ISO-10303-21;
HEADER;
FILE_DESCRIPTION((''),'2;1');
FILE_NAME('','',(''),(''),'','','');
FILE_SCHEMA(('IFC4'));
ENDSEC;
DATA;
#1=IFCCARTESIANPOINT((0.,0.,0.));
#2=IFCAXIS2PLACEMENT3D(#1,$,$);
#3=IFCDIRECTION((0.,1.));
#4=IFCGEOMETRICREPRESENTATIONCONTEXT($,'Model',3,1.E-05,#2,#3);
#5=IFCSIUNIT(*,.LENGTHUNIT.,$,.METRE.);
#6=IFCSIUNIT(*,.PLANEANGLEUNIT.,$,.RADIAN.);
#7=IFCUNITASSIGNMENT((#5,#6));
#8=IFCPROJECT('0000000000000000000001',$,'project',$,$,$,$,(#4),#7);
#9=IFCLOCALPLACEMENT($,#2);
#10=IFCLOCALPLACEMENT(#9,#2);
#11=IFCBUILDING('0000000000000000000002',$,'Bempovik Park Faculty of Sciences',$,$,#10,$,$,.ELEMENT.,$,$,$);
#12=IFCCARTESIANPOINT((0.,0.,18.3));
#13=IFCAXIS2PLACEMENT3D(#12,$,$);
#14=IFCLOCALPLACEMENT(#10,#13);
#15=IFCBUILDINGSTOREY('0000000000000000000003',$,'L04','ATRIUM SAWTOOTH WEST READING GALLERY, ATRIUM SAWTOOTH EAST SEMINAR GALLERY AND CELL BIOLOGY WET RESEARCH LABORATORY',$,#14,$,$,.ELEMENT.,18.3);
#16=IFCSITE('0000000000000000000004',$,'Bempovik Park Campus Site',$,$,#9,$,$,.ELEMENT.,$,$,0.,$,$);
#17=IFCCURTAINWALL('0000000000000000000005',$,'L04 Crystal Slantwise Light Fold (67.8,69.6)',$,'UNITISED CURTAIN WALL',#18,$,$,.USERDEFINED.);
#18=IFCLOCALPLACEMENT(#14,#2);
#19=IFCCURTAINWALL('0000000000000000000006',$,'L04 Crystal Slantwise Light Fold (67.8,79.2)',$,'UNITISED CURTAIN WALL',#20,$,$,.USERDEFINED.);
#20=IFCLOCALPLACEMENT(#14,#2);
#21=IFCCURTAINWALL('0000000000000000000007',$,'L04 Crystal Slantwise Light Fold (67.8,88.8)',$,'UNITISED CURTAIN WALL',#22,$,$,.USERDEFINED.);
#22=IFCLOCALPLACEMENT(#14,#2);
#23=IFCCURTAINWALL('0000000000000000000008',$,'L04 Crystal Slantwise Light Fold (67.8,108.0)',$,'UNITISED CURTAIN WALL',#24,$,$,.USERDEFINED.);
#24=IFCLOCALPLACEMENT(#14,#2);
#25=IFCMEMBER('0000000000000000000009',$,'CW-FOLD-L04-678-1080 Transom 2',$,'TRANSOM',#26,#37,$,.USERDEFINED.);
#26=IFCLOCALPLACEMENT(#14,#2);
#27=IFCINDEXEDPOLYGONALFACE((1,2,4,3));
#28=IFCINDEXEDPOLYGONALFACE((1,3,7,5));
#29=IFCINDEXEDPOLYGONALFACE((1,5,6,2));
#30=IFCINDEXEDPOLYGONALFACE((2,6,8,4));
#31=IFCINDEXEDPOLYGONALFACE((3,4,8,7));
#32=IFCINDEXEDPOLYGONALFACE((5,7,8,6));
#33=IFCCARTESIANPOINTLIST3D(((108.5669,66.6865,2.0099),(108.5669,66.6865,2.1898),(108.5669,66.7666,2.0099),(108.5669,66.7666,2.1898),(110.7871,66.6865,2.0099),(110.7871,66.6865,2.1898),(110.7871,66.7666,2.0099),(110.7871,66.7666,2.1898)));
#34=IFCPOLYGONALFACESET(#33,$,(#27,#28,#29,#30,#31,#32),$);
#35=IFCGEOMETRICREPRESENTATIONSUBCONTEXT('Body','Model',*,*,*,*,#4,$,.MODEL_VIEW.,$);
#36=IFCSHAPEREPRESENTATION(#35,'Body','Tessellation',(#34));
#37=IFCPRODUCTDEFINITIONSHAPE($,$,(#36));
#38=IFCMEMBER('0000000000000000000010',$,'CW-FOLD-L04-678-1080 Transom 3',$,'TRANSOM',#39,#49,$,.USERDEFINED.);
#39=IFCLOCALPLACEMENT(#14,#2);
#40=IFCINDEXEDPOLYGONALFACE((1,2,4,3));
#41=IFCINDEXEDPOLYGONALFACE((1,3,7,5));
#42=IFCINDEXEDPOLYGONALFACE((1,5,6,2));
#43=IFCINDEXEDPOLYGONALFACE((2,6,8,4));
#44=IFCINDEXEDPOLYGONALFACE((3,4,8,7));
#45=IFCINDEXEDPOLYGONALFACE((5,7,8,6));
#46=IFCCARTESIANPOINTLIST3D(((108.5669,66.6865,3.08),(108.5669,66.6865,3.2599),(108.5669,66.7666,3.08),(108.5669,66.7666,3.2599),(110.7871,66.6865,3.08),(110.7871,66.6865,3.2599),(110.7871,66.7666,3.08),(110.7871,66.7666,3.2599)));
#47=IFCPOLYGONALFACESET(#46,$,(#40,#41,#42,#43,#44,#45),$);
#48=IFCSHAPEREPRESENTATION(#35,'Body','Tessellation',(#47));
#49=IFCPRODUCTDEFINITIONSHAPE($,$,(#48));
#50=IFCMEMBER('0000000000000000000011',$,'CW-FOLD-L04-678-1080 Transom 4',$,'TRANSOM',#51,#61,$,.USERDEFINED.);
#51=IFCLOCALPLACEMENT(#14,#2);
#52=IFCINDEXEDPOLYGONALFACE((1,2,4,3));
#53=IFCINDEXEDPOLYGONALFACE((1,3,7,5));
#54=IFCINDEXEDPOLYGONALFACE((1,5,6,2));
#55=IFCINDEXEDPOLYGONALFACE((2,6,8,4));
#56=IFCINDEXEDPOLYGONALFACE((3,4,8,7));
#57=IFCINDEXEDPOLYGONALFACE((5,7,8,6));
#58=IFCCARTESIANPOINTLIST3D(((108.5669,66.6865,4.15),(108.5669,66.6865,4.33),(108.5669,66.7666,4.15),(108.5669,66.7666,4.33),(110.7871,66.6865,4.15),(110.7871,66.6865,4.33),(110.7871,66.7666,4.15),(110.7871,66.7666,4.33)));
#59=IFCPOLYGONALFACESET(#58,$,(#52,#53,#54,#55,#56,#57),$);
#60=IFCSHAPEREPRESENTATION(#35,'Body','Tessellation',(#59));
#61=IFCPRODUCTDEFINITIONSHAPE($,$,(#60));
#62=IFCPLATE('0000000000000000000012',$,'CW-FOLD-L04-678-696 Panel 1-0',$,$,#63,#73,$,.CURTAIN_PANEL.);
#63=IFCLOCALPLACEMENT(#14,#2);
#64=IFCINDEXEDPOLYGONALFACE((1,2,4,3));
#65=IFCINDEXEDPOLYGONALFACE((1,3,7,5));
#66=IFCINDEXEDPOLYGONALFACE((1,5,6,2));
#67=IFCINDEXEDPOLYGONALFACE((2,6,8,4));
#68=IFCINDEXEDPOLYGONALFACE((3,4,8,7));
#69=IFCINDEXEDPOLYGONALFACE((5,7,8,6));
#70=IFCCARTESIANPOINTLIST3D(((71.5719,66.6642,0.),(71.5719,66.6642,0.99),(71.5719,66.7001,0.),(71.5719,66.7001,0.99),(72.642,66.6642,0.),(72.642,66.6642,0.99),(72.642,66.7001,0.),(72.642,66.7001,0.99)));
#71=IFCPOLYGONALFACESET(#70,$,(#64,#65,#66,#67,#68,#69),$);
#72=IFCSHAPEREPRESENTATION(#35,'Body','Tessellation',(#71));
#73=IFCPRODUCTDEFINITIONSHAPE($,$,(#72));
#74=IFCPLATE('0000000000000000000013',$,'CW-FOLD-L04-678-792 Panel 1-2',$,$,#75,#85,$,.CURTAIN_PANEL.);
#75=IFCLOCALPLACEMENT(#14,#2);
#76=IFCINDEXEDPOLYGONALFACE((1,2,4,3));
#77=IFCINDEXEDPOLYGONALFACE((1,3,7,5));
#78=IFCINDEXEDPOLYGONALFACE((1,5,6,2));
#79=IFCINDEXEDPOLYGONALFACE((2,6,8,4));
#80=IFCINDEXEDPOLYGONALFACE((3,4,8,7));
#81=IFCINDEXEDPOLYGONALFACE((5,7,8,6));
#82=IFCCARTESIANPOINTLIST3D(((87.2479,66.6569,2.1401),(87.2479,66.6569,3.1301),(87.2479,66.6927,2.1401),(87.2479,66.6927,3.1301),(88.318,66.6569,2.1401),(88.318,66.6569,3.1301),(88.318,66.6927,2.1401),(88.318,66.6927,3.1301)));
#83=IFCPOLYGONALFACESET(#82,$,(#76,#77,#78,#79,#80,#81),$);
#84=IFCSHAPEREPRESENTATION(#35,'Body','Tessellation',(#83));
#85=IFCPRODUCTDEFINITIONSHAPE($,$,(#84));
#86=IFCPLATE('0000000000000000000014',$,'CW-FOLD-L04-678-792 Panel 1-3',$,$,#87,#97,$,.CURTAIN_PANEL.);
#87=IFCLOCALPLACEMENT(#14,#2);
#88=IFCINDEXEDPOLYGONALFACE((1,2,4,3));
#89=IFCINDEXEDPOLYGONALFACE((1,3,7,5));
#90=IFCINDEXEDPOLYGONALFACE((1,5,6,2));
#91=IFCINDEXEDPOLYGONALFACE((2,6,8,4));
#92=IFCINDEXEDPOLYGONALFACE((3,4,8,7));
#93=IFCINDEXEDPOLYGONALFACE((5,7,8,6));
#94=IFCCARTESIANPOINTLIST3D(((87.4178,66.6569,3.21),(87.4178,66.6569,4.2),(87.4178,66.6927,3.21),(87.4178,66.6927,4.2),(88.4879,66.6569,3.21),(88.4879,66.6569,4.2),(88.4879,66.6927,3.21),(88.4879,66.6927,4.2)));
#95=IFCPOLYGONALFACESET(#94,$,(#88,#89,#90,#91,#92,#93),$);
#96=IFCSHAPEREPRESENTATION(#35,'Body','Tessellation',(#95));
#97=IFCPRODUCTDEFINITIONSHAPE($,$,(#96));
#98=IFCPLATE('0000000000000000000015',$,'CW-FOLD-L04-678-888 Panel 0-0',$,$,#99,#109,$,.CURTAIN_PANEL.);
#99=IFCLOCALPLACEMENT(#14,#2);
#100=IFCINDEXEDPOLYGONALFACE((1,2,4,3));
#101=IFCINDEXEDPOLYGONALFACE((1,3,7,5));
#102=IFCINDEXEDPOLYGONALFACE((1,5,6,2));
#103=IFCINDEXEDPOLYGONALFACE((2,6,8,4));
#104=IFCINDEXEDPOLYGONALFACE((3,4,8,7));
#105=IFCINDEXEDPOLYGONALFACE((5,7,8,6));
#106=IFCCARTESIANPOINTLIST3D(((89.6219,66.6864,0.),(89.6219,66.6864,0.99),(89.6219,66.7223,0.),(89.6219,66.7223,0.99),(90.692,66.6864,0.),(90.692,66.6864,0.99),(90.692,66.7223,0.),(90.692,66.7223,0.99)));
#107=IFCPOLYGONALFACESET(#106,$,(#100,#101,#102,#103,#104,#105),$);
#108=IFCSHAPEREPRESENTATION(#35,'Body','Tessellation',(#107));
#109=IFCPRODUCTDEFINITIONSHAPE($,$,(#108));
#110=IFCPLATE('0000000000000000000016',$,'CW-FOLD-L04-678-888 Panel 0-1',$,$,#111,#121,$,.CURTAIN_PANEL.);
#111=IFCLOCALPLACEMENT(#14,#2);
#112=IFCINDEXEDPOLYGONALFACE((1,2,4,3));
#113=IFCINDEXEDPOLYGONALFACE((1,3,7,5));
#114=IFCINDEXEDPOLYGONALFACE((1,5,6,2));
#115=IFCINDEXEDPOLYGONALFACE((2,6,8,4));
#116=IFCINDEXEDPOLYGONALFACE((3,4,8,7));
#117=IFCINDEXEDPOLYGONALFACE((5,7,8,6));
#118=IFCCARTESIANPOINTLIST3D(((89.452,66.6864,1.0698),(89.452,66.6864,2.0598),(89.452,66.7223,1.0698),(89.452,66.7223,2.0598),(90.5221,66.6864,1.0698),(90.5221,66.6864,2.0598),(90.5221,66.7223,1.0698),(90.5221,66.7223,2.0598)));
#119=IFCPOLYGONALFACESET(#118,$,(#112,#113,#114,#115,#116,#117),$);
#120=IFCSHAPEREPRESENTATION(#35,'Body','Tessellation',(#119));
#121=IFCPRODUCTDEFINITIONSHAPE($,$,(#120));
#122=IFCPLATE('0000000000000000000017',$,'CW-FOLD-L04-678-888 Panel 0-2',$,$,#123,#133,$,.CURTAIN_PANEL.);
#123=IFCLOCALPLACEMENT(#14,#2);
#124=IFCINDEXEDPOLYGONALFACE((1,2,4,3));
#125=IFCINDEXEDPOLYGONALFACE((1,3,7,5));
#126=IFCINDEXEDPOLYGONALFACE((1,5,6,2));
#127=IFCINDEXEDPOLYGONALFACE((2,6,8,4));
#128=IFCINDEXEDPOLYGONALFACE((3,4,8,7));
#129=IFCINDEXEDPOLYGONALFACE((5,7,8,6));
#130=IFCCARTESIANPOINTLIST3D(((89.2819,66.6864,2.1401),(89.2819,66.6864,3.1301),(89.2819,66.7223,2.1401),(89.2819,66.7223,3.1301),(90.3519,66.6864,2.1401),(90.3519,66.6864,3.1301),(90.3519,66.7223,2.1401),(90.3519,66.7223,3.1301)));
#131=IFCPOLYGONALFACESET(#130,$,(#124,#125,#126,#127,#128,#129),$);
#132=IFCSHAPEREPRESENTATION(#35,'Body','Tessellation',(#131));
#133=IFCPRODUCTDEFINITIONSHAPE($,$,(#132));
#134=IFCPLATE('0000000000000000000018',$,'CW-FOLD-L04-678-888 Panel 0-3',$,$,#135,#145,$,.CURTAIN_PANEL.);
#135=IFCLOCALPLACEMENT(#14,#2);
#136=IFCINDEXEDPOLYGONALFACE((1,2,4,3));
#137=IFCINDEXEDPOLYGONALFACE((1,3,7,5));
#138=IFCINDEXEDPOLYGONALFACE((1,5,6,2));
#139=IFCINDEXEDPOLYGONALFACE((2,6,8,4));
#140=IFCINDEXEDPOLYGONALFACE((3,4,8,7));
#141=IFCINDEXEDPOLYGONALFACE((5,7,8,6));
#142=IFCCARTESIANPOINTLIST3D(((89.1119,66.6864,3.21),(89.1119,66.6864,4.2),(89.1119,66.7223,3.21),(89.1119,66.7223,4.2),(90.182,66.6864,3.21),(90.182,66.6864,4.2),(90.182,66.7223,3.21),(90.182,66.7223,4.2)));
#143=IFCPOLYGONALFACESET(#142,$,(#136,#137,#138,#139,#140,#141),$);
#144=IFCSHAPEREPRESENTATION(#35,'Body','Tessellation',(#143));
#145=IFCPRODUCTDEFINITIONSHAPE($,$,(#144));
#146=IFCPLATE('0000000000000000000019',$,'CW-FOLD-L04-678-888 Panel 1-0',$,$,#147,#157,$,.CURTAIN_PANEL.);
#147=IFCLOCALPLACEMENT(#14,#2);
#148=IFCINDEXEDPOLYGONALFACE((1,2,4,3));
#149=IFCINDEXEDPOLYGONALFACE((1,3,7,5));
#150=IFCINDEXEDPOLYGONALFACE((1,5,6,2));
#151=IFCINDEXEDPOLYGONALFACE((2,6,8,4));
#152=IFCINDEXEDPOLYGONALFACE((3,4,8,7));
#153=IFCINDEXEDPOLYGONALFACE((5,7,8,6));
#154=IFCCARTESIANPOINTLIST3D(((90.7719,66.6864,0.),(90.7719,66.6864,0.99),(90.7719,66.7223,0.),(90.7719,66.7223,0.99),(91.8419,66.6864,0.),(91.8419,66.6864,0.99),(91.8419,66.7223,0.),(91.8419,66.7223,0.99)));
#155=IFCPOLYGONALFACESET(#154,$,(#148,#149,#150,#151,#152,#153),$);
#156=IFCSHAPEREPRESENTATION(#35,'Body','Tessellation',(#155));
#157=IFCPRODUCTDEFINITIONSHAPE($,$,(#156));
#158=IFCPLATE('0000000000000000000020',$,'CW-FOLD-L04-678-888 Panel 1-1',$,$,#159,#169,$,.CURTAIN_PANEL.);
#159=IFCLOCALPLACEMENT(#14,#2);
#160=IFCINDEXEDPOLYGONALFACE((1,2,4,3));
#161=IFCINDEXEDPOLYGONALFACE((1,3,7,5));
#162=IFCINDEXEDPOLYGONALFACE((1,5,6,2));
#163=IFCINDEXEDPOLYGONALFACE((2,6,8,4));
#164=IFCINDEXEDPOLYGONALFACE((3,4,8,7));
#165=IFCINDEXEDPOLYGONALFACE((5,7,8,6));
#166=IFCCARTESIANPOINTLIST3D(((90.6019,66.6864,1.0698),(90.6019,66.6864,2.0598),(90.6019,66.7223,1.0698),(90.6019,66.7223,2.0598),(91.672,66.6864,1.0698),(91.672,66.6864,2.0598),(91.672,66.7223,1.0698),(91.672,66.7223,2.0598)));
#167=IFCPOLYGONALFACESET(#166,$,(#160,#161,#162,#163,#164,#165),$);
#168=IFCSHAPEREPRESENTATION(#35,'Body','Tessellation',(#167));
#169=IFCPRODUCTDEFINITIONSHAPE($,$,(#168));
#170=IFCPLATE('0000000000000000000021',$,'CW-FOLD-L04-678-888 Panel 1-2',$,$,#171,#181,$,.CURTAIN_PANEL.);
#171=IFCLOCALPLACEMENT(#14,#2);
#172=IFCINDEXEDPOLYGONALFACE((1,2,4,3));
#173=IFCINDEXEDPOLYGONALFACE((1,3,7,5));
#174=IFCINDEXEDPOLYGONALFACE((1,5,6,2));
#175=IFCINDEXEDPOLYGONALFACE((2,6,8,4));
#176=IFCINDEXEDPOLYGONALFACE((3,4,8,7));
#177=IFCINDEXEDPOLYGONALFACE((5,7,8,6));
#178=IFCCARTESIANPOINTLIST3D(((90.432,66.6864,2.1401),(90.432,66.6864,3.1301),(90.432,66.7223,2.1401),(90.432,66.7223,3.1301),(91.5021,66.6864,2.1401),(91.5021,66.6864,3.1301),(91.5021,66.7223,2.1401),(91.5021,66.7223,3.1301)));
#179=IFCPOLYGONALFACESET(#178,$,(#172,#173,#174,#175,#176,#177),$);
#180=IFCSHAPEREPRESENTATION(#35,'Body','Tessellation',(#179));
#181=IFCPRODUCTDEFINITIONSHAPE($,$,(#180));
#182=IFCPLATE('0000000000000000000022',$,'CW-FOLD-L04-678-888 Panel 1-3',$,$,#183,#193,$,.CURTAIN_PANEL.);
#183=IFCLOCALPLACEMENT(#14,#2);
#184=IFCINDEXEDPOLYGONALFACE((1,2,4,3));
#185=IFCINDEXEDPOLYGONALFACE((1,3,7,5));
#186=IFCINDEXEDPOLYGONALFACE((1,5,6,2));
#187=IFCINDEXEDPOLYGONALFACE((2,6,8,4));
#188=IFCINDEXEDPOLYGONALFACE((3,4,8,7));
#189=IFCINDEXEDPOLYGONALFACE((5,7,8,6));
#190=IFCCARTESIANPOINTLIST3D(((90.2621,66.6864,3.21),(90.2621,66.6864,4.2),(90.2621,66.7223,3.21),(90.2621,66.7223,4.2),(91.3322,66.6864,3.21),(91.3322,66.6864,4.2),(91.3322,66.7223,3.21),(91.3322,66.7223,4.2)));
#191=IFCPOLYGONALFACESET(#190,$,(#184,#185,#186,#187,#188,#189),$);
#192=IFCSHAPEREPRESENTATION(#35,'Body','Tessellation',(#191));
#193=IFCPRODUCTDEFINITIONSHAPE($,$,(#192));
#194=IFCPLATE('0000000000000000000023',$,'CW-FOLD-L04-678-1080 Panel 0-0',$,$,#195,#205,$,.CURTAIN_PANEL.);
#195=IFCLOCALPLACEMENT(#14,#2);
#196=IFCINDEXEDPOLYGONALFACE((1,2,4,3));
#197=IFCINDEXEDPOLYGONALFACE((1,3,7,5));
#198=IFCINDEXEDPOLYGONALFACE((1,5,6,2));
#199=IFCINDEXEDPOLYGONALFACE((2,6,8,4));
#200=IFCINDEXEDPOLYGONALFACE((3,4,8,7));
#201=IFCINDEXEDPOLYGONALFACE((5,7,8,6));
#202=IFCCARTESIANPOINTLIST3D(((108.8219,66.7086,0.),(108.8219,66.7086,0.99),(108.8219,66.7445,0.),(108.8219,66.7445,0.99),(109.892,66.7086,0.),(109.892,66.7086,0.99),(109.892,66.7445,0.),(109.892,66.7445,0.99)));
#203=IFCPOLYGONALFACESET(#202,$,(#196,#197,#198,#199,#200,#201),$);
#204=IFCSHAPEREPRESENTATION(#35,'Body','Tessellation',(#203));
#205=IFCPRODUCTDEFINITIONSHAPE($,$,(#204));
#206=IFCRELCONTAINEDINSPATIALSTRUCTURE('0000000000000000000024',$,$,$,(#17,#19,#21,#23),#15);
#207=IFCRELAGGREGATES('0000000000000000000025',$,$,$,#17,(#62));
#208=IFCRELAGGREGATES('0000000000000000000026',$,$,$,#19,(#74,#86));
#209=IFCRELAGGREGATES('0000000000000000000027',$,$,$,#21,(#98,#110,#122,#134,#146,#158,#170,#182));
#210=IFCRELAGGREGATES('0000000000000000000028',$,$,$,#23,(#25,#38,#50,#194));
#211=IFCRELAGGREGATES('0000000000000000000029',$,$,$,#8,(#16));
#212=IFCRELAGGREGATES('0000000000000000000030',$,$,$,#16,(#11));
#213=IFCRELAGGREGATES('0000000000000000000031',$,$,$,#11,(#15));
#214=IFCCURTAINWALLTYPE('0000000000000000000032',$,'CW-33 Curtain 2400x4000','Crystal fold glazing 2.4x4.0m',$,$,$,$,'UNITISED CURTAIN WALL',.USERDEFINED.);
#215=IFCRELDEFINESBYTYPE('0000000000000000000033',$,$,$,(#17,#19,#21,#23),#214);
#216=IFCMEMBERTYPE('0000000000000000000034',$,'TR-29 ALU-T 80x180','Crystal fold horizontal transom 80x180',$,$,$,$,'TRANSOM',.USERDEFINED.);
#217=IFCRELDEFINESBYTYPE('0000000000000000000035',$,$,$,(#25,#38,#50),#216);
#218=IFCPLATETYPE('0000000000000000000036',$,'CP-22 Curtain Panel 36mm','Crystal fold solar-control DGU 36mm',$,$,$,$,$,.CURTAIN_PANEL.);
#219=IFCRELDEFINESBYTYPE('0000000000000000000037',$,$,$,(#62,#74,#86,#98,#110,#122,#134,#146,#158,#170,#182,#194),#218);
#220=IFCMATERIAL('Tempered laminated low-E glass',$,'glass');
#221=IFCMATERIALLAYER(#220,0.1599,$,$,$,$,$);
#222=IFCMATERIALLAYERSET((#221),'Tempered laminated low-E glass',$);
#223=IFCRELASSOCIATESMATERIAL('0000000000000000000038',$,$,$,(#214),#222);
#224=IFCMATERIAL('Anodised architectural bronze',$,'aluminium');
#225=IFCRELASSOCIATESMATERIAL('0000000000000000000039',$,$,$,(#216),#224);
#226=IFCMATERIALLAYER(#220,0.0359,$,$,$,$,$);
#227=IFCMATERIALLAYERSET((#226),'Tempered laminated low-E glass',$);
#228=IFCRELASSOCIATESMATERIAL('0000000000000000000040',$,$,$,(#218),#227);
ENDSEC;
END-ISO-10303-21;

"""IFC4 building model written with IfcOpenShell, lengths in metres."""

from ifc_helpers import new_model, si_unit, direction, frame, origin, origin_2d, place, context, subcontext, project, spatial, rectangle, extrude, material, layer, layer_set, material_profile, profile_set, type_object, element, aggregate, save


model = new_model("IFC4")

# Units and contexts
model_context = context("Model", 3, precision=1e-05, world=origin(), true_north=direction((0.0, 1.0)))
body_context = subcontext(model_context, "Body", "Model", "MODEL_VIEW")
ifc_project = project(units=[si_unit("LENGTHUNIT", "METRE"), si_unit("PLANEANGLEUNIT", "RADIAN")], contexts=[model_context])

# Site, building, storey
site_placement = place(None, origin())
site = spatial("IfcSite", under=ifc_project, at=site_placement, Name="Bempovik Park Campus Site", CompositionType="ELEMENT", RefElevation=0.0)
building_placement = place(site_placement, origin())
building = spatial("IfcBuilding", under=site, at=building_placement, Name="Bempovik Park Faculty of Sciences", CompositionType="ELEMENT")
storey_placement = place(building_placement, frame((0.0, 0.0, 18.3)))
storey = spatial("IfcBuildingStorey", under=building, at=storey_placement, Name="L04", Description="ATRIUM SAWTOOTH WEST READING GALLERY, ATRIUM SAWTOOTH EAST SEMINAR GALLERY AND CELL BIOLOGY WET RESEARCH LABORATORY", CompositionType="ELEMENT", Elevation=18.3)

# Curtain walls
ifc_material_1 = material(Name="Tempered laminated low-E glass", Category="glass")
ifc_layer_1 = layer(ifc_material_1, 0.1599)
ifc_layer_set_1 = layer_set([ifc_layer_1], Name="Tempered laminated low-E glass")
curtain_wall_type = type_object("IfcCurtainWallType", Name="CW-33 Curtain 2400x4000", Description="Crystal fold glazing 2.4x4.0m", ElementType="UNITISED CURTAIN WALL", PredefinedType="USERDEFINED", material=ifc_layer_set_1)
curtain_wall_1_placement = place(storey_placement, origin())
curtain_wall_1 = element("IfcCurtainWall", 1, at=curtain_wall_1_placement, inside=storey, type_object=curtain_wall_type, Name="L04 Crystal Slantwise Light Fold (67.8,69.6)", ObjectType="UNITISED CURTAIN WALL", PredefinedType="USERDEFINED")
ifc_material_2 = material(Name="Anodised architectural bronze", Category="aluminium")
curtain_wall_2_placement = place(storey_placement, origin())
curtain_wall_2 = element("IfcCurtainWall", 2, at=curtain_wall_2_placement, inside=storey, type_object=curtain_wall_type, Name="L04 Crystal Slantwise Light Fold (67.8,79.2)", ObjectType="UNITISED CURTAIN WALL", PredefinedType="USERDEFINED")

# Curtain walls
curtain_wall_3_placement = place(storey_placement, origin())
curtain_wall_3 = element("IfcCurtainWall", 3, at=curtain_wall_3_placement, inside=storey, type_object=curtain_wall_type, Name="L04 Crystal Slantwise Light Fold (67.8,88.8)", ObjectType="UNITISED CURTAIN WALL", PredefinedType="USERDEFINED")
curtain_wall_4_placement = place(storey_placement, origin())
curtain_wall_4 = element("IfcCurtainWall", 4, at=curtain_wall_4_placement, inside=storey, type_object=curtain_wall_type, Name="L04 Crystal Slantwise Light Fold (67.8,108.0)", ObjectType="UNITISED CURTAIN WALL", PredefinedType="USERDEFINED")

# Members
ifc_material_profile_1 = material_profile(ifc_material_2, rectangle(XDim=0.0801, YDim=0.1799, at=origin_2d()), Name="ALU-T 80x180")
ifc_profile_set_1 = profile_set([ifc_material_profile_1], Name="Anodised architectural bronze")
member_type_1 = type_object("IfcMemberType", Name="TR-29 ALU-T 80x180", Description="Crystal fold horizontal transom 80x180", ElementType="TRANSOM", PredefinedType="USERDEFINED", material=ifc_profile_set_1)
member_1_placement = place(storey_placement, frame((108.5669, 66.7266, 2.0999), z_axis=(1.0, 0.0, 0.0), x_axis=(0.0, 1.0, 0.0)))
member_1 = element("IfcMember", 5, at=member_1_placement, type_object=member_type_1, Name="CW-FOLD-L04-678-1080 Transom 2", ObjectType="TRANSOM", PredefinedType="USERDEFINED", context=body_context, shape_type="SweptSolid", body=[
    extrude(rectangle(XDim=0.0801, YDim=0.1799, at=origin_2d()), origin(), (0.0, 0.0, 1.0), 2.2202),
])
member_2_placement = place(storey_placement, frame((108.5669, 66.7266, 3.1699), z_axis=(1.0, 0.0, 0.0), x_axis=(0.0, 1.0, 0.0)))
member_2 = element("IfcMember", 6, at=member_2_placement, type_object=member_type_1, Name="CW-FOLD-L04-678-1080 Transom 3", ObjectType="TRANSOM", PredefinedType="USERDEFINED", context=body_context, shape_type="SweptSolid", body=[
    extrude(rectangle(XDim=0.0801, YDim=0.1799, at=origin_2d()), origin(), (0.0, 0.0, 1.0), 2.2202),
])
member_3_placement = place(storey_placement, frame((108.5669, 66.7266, 4.24), z_axis=(1.0, 0.0, 0.0), x_axis=(0.0, 1.0, 0.0)))
member_3 = element("IfcMember", 7, at=member_3_placement, type_object=member_type_1, Name="CW-FOLD-L04-678-1080 Transom 4", ObjectType="TRANSOM", PredefinedType="USERDEFINED", context=body_context, shape_type="SweptSolid", body=[
    extrude(rectangle(XDim=0.0801, YDim=0.1799, at=origin_2d()), origin(), (0.0, 0.0, 1.0), 2.2202),
])

# Plates
ifc_layer_2 = layer(ifc_material_1, 0.0359)
ifc_layer_set_2 = layer_set([ifc_layer_2], Name="Tempered laminated low-E glass")
plate_type = type_object("IfcPlateType", Name="CP-22 Curtain Panel 36mm", Description="Crystal fold solar-control DGU 36mm", PredefinedType="CURTAIN_PANEL", material=ifc_layer_set_2)
plate_1_placement = place(storey_placement, frame((72.1069, 66.6821, 0.0), z_axis=(0.0, 0.0, 1.0), x_axis=(1.0, 0.0, 0.0)))
plate_1 = element("IfcPlate", 8, at=plate_1_placement, type_object=plate_type, Name="CW-FOLD-L04-678-696 Panel 1-0", PredefinedType="CURTAIN_PANEL", context=body_context, shape_type="SweptSolid", body=[
    extrude(rectangle(XDim=1.0701, YDim=0.0359, at=origin_2d()), origin(), (0.0, 0.0, 1.0), 0.99),
])
aggregate(curtain_wall_1, [plate_1])
plate_2_placement = place(storey_placement, frame((87.783, 66.6748, 2.1401), z_axis=(0.0, 0.0, 1.0), x_axis=(1.0, 0.0, 0.0)))
plate_2 = element("IfcPlate", 9, at=plate_2_placement, type_object=plate_type, Name="CW-FOLD-L04-678-792 Panel 1-2", PredefinedType="CURTAIN_PANEL", context=body_context, shape_type="SweptSolid", body=[
    extrude(rectangle(XDim=1.0701, YDim=0.0359, at=origin_2d()), origin(), (0.0, 0.0, 1.0), 0.99),
])
plate_3_placement = place(storey_placement, frame((87.9529, 66.6748, 3.21), z_axis=(0.0, 0.0, 1.0), x_axis=(1.0, 0.0, 0.0)))
plate_3 = element("IfcPlate", 10, at=plate_3_placement, type_object=plate_type, Name="CW-FOLD-L04-678-792 Panel 1-3", PredefinedType="CURTAIN_PANEL", context=body_context, shape_type="SweptSolid", body=[
    extrude(rectangle(XDim=1.0701, YDim=0.0359, at=origin_2d()), origin(), (0.0, 0.0, 1.0), 0.99),
])
aggregate(curtain_wall_2, [plate_2, plate_3])
plate_4_placement = place(storey_placement, frame((90.157, 66.7043, 0.0), z_axis=(0.0, 0.0, 1.0), x_axis=(1.0, 0.0, 0.0)))
plate_4 = element("IfcPlate", 11, at=plate_4_placement, type_object=plate_type, Name="CW-FOLD-L04-678-888 Panel 0-0", PredefinedType="CURTAIN_PANEL", context=body_context, shape_type="SweptSolid", body=[
    extrude(rectangle(XDim=1.0701, YDim=0.0359, at=origin_2d()), origin(), (0.0, 0.0, 1.0), 0.99),
])
plate_5_placement = place(storey_placement, frame((89.9871, 66.7043, 1.0698), z_axis=(0.0, 0.0, 1.0), x_axis=(1.0, 0.0, 0.0)))
plate_5 = element("IfcPlate", 12, at=plate_5_placement, type_object=plate_type, Name="CW-FOLD-L04-678-888 Panel 0-1", PredefinedType="CURTAIN_PANEL", context=body_context, shape_type="SweptSolid", body=[
    extrude(rectangle(XDim=1.0701, YDim=0.0359, at=origin_2d()), origin(), (0.0, 0.0, 1.0), 0.99),
])
plate_6_placement = place(storey_placement, frame((89.8169, 66.7043, 2.1401), z_axis=(0.0, 0.0, 1.0), x_axis=(1.0, 0.0, 0.0)))
plate_6 = element("IfcPlate", 13, at=plate_6_placement, type_object=plate_type, Name="CW-FOLD-L04-678-888 Panel 0-2", PredefinedType="CURTAIN_PANEL", context=body_context, shape_type="SweptSolid", body=[
    extrude(rectangle(XDim=1.0701, YDim=0.0359, at=origin_2d()), origin(), (0.0, 0.0, 1.0), 0.99),
])
plate_7_placement = place(storey_placement, frame((89.647, 66.7043, 3.21), z_axis=(0.0, 0.0, 1.0), x_axis=(1.0, 0.0, 0.0)))
plate_7 = element("IfcPlate", 14, at=plate_7_placement, type_object=plate_type, Name="CW-FOLD-L04-678-888 Panel 0-3", PredefinedType="CURTAIN_PANEL", context=body_context, shape_type="SweptSolid", body=[
    extrude(rectangle(XDim=1.0701, YDim=0.0359, at=origin_2d()), origin(), (0.0, 0.0, 1.0), 0.99),
])
plate_8_placement = place(storey_placement, frame((91.3069, 66.7043, 0.0), z_axis=(0.0, 0.0, 1.0), x_axis=(1.0, 0.0, 0.0)))
plate_8 = element("IfcPlate", 15, at=plate_8_placement, type_object=plate_type, Name="CW-FOLD-L04-678-888 Panel 1-0", PredefinedType="CURTAIN_PANEL", context=body_context, shape_type="SweptSolid", body=[
    extrude(rectangle(XDim=1.0701, YDim=0.0359, at=origin_2d()), origin(), (0.0, 0.0, 1.0), 0.99),
])
plate_9_placement = place(storey_placement, frame((91.137, 66.7043, 1.0698), z_axis=(0.0, 0.0, 1.0), x_axis=(1.0, 0.0, 0.0)))
plate_9 = element("IfcPlate", 16, at=plate_9_placement, type_object=plate_type, Name="CW-FOLD-L04-678-888 Panel 1-1", PredefinedType="CURTAIN_PANEL", context=body_context, shape_type="SweptSolid", body=[
    extrude(rectangle(XDim=1.0701, YDim=0.0359, at=origin_2d()), origin(), (0.0, 0.0, 1.0), 0.99),
])
plate_10_placement = place(storey_placement, frame((90.967, 66.7043, 2.1401), z_axis=(0.0, 0.0, 1.0), x_axis=(1.0, 0.0, 0.0)))
plate_10 = element("IfcPlate", 17, at=plate_10_placement, type_object=plate_type, Name="CW-FOLD-L04-678-888 Panel 1-2", PredefinedType="CURTAIN_PANEL", context=body_context, shape_type="SweptSolid", body=[
    extrude(rectangle(XDim=1.0701, YDim=0.0359, at=origin_2d()), origin(), (0.0, 0.0, 1.0), 0.99),
])
plate_11_placement = place(storey_placement, frame((90.7971, 66.7043, 3.21), z_axis=(0.0, 0.0, 1.0), x_axis=(1.0, 0.0, 0.0)))
plate_11 = element("IfcPlate", 18, at=plate_11_placement, type_object=plate_type, Name="CW-FOLD-L04-678-888 Panel 1-3", PredefinedType="CURTAIN_PANEL", context=body_context, shape_type="SweptSolid", body=[
    extrude(rectangle(XDim=1.0701, YDim=0.0359, at=origin_2d()), origin(), (0.0, 0.0, 1.0), 0.99),
])
aggregate(curtain_wall_3, [plate_4, plate_5, plate_6, plate_7, plate_8, plate_9, plate_10, plate_11])
plate_12_placement = place(storey_placement, frame((109.3569, 66.7266, 0.0), z_axis=(0.0, 0.0, 1.0), x_axis=(1.0, 0.0, 0.0)))
plate_12 = element("IfcPlate", 19, at=plate_12_placement, type_object=plate_type, Name="CW-FOLD-L04-678-1080 Panel 0-0", PredefinedType="CURTAIN_PANEL", context=body_context, shape_type="SweptSolid", body=[
    extrude(rectangle(XDim=1.0701, YDim=0.0359, at=origin_2d()), origin(), (0.0, 0.0, 1.0), 0.99),
])
aggregate(curtain_wall_4, [member_1, member_2, member_3, plate_12])

save(model, "model.ifc")
